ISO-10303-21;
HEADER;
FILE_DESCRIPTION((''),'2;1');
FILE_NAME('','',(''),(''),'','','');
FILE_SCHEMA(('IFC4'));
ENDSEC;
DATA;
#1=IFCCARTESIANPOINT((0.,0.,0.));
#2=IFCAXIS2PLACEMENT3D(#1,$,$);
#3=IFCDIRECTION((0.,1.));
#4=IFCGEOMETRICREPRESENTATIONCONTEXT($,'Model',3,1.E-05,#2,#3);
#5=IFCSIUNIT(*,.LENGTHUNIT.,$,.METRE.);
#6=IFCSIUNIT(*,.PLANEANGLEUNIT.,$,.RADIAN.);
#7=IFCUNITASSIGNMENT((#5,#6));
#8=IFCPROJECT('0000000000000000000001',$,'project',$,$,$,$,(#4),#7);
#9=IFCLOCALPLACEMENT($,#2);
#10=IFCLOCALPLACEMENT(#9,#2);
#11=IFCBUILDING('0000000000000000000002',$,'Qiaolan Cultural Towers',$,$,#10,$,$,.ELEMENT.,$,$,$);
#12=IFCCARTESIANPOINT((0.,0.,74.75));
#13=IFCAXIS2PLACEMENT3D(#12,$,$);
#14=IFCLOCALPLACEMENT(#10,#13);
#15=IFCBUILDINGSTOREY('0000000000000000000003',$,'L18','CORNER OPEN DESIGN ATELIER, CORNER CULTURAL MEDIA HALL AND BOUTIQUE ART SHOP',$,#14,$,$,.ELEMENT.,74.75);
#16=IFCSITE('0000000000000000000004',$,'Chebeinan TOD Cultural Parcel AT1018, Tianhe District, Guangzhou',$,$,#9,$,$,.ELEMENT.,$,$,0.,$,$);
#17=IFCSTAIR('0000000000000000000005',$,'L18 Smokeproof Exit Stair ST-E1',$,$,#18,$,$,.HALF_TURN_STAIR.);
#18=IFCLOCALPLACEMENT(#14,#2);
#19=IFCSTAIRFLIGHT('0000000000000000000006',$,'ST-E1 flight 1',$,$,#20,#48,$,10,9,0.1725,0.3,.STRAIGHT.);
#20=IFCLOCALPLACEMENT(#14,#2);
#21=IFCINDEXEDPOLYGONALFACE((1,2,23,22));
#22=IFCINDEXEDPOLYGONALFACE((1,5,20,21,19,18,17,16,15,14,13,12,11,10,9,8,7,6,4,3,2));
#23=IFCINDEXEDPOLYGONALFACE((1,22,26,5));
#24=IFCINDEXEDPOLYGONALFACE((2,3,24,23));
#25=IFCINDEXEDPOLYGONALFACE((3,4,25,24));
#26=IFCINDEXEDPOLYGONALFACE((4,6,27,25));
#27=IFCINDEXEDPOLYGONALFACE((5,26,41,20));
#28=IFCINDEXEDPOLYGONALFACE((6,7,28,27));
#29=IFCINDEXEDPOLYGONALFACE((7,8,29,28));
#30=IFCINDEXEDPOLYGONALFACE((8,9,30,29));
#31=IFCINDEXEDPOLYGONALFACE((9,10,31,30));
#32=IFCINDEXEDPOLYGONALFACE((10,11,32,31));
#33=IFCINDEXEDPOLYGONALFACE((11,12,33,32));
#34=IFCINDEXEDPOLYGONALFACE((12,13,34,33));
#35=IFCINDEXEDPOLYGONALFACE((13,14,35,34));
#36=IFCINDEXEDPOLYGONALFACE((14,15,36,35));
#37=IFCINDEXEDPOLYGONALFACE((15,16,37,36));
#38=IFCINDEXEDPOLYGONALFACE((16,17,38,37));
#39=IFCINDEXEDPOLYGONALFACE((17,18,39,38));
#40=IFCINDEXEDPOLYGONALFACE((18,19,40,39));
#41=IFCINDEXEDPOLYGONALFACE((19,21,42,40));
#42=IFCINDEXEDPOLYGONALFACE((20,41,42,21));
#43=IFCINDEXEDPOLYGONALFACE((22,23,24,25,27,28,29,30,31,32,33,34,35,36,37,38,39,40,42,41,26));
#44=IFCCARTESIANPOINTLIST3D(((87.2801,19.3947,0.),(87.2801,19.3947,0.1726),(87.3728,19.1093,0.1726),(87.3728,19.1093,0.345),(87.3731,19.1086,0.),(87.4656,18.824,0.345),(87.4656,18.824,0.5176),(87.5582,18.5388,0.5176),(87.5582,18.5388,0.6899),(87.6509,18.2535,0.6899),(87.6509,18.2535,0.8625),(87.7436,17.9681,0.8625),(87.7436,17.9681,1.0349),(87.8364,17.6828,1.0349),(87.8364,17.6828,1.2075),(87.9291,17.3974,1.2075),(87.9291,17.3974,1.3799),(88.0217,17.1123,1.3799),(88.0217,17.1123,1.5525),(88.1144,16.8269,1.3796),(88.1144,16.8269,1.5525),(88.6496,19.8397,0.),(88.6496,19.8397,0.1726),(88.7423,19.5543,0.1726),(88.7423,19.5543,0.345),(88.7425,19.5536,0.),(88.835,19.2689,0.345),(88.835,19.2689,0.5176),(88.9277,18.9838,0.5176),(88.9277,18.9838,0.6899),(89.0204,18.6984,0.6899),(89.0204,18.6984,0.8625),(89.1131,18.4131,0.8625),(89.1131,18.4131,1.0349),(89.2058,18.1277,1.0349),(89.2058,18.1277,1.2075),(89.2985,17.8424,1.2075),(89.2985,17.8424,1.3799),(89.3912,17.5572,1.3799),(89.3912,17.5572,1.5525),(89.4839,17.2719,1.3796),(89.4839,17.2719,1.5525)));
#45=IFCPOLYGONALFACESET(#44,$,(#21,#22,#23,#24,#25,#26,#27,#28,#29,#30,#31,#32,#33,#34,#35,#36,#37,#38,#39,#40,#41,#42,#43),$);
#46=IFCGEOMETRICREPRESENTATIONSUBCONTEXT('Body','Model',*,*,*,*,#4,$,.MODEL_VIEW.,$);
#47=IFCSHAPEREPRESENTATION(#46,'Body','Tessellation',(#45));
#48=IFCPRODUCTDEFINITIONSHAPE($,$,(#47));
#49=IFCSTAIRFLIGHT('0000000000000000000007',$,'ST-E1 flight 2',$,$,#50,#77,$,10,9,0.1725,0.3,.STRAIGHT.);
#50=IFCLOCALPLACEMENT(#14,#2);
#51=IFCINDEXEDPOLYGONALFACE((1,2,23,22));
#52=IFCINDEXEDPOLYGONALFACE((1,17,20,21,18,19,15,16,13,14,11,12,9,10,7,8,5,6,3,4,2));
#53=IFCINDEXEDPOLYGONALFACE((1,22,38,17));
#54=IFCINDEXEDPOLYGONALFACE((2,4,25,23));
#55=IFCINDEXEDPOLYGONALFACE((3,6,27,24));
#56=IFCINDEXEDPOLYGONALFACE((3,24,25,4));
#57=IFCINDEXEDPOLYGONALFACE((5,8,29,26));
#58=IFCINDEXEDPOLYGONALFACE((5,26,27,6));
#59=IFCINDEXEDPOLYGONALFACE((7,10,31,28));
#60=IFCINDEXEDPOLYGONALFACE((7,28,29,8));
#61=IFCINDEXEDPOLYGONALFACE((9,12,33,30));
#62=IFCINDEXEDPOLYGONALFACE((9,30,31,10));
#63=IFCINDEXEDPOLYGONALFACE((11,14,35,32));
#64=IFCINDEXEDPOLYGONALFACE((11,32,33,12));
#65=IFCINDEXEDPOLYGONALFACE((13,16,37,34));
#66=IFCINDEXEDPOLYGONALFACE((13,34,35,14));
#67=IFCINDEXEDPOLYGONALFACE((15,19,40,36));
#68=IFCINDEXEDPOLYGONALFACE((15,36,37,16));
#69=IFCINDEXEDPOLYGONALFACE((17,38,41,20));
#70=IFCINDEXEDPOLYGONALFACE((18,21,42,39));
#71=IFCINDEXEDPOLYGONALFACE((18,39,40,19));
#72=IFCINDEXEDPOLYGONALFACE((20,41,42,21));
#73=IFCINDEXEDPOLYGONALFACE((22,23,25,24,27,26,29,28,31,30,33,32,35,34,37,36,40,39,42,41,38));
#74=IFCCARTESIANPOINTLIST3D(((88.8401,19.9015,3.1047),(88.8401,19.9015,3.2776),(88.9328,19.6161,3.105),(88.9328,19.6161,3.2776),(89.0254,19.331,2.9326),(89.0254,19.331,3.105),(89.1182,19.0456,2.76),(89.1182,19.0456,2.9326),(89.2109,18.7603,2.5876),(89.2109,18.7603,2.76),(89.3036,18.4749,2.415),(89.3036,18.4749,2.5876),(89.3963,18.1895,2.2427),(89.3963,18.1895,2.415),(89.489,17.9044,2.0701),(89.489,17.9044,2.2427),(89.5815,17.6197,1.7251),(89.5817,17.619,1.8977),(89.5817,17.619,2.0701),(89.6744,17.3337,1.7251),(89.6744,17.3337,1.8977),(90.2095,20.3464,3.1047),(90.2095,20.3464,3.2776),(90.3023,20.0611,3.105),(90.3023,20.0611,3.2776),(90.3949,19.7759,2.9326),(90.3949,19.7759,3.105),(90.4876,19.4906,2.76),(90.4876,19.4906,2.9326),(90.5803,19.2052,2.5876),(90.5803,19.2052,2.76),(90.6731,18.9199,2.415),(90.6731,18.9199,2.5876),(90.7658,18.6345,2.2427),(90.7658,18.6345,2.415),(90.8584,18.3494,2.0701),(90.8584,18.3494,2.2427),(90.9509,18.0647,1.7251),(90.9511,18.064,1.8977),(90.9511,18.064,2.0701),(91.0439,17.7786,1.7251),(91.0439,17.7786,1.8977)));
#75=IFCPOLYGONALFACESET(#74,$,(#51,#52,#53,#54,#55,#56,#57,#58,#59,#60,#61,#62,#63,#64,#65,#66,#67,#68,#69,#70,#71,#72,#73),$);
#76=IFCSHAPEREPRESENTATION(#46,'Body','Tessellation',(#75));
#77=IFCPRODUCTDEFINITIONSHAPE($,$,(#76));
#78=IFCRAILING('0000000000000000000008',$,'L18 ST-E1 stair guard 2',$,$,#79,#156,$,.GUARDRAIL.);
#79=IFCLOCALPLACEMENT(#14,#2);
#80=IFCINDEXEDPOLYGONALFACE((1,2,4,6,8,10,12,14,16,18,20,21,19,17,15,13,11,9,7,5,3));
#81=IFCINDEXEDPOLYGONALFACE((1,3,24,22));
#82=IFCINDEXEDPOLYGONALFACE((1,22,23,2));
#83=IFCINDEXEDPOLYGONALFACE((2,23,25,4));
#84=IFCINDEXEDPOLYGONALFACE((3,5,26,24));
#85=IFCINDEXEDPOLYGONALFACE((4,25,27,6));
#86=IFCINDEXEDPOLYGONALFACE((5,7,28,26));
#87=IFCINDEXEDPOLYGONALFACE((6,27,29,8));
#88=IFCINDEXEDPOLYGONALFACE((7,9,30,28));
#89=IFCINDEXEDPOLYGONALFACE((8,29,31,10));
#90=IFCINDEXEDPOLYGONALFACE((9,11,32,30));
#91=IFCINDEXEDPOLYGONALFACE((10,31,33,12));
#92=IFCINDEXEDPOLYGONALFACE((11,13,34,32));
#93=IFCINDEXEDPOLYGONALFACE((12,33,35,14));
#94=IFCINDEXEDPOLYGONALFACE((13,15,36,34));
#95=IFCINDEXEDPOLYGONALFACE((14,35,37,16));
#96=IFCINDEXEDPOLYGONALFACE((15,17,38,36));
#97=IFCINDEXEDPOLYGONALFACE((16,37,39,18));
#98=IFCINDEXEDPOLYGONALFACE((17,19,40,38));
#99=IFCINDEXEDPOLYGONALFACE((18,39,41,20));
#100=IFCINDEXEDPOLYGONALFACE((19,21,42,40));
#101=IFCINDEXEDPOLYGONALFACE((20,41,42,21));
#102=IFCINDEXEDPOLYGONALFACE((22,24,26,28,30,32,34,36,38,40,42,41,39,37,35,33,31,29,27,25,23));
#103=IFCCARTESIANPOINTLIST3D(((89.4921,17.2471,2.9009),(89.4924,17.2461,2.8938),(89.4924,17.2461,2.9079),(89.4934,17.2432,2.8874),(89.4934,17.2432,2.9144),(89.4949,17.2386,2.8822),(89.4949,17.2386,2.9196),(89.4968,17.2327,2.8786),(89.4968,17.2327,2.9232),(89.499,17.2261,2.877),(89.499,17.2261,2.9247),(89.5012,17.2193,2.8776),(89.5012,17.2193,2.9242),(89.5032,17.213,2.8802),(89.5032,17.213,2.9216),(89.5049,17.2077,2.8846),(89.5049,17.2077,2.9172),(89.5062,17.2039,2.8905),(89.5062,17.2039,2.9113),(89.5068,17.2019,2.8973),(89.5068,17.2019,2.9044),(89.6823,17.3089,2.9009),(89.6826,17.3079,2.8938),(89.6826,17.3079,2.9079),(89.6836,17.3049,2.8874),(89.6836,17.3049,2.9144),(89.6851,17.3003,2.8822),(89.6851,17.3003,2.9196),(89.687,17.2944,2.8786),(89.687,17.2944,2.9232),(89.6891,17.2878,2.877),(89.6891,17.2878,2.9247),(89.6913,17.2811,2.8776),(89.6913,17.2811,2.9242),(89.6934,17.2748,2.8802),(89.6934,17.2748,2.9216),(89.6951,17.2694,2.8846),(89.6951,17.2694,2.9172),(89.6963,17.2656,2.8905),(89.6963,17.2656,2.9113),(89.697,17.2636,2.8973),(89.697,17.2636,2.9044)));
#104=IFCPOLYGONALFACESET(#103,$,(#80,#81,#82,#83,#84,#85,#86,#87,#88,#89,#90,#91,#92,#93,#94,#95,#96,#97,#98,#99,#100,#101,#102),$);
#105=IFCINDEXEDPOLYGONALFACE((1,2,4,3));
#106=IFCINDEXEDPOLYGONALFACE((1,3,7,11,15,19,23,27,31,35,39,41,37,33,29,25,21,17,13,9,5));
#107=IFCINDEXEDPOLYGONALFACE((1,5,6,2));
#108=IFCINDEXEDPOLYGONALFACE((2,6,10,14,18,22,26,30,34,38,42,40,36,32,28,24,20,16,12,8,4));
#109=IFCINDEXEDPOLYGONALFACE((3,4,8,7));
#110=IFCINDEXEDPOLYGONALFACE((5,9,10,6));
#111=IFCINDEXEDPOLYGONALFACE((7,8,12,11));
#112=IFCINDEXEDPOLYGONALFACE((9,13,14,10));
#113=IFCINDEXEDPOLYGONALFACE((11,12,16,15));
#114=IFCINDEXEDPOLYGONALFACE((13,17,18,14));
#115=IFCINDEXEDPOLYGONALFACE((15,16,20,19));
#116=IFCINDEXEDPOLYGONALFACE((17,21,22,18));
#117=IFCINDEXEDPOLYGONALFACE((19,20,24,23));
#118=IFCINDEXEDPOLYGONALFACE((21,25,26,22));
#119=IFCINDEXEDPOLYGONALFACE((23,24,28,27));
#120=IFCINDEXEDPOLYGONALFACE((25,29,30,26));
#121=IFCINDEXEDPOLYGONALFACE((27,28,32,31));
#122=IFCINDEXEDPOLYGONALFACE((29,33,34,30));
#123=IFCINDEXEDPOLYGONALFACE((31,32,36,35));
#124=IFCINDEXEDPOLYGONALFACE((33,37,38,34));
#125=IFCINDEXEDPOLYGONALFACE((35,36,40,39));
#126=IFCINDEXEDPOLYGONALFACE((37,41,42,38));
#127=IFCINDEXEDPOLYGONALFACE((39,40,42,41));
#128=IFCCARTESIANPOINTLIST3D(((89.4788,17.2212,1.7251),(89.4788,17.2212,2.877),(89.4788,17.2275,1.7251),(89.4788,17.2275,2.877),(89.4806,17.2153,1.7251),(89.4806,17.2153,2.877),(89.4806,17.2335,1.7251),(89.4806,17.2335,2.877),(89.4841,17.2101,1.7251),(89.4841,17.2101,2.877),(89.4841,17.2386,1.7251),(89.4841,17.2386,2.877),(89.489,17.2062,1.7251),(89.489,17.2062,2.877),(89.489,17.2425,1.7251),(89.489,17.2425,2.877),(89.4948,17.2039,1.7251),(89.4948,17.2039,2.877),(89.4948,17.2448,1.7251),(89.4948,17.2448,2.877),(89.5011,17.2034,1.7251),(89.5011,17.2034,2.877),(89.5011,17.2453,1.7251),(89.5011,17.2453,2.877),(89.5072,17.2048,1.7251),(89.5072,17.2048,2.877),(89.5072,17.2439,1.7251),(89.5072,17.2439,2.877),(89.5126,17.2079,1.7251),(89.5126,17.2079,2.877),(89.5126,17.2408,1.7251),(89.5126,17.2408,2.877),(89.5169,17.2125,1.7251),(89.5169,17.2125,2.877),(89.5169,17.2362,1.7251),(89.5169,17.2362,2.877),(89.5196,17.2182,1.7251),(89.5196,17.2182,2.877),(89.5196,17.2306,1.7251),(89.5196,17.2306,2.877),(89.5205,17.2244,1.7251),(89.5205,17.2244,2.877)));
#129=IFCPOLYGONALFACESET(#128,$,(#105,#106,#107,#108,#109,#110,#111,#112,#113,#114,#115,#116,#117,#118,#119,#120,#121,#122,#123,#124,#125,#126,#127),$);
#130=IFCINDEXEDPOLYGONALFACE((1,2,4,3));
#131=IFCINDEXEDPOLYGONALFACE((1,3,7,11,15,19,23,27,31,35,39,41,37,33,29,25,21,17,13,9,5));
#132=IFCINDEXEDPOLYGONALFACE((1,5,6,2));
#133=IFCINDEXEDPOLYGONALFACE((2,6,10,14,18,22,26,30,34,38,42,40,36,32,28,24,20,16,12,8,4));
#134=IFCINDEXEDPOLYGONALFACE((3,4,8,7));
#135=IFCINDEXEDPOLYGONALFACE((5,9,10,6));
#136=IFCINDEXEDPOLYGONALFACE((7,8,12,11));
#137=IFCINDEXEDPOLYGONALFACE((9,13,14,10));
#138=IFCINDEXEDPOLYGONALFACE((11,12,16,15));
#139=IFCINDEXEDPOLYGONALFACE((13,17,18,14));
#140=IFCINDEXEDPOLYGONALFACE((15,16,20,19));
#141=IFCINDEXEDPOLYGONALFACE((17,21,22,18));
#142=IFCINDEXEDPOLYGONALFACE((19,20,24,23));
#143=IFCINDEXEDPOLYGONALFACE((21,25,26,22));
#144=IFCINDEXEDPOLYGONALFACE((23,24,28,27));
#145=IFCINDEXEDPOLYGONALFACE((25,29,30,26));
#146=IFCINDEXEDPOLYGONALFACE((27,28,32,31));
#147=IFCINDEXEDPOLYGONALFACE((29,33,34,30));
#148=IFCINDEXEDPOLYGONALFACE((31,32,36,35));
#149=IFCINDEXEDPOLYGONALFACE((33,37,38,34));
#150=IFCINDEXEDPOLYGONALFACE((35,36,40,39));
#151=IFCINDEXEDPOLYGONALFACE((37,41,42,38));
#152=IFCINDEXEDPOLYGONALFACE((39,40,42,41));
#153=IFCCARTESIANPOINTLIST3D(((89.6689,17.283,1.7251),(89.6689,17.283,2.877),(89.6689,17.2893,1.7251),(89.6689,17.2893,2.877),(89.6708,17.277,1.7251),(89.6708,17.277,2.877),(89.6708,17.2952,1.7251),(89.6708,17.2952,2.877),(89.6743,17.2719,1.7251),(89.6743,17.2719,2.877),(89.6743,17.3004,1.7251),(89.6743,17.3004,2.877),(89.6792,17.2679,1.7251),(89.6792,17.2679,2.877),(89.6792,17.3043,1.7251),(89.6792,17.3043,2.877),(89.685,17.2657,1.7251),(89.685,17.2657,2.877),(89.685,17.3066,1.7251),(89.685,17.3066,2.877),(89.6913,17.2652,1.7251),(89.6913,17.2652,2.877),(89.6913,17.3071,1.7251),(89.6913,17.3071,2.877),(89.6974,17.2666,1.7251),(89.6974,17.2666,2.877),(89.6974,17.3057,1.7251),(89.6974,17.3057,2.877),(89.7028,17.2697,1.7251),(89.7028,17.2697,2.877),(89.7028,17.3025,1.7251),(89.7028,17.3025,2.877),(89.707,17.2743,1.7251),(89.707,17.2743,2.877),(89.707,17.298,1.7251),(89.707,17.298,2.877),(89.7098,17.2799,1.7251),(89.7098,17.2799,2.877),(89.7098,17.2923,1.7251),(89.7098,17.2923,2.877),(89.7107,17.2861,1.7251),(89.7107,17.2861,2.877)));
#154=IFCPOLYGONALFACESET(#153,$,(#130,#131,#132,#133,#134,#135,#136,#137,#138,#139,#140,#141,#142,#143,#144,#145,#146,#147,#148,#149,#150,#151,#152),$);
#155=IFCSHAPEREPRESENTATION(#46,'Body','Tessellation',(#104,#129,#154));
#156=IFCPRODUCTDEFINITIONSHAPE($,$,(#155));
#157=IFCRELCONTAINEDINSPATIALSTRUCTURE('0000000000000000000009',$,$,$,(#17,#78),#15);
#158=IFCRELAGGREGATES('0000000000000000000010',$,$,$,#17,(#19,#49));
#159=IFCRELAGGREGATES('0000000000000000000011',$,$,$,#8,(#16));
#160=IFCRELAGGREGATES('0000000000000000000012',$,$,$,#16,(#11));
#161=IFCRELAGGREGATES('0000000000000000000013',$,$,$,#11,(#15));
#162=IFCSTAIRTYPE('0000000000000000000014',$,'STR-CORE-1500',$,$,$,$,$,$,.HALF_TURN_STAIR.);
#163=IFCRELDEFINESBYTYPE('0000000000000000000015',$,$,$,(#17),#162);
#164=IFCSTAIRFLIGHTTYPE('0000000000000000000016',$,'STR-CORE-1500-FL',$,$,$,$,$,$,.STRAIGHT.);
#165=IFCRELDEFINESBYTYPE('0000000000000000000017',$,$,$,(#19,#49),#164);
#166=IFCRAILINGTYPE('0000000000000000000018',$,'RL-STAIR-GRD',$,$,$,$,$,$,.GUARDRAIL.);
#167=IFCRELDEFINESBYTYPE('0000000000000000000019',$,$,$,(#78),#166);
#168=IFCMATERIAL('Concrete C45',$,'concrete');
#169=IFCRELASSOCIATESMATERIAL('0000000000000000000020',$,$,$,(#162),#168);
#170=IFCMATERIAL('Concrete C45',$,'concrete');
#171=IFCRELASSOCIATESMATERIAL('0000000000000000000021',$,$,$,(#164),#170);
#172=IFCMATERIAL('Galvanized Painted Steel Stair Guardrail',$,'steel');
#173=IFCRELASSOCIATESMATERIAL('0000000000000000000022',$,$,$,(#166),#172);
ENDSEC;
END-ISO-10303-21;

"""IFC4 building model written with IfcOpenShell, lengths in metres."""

from ifc_helpers import new_model, si_unit, direction, frame, origin, origin_2d, place, context, subcontext, project, spatial, polyline, circle, outline, extrude, material, type_object, element, aggregate, save


model = new_model("IFC4")

# Units and contexts
model_context = context("Model", 3, precision=1e-05, world=origin(), true_north=direction((0.0, 1.0)))
body_context = subcontext(model_context, "Body", "Model", "MODEL_VIEW")
ifc_project = project(units=[si_unit("LENGTHUNIT", "METRE"), si_unit("PLANEANGLEUNIT", "RADIAN")], contexts=[model_context])

# Site, building, storey
site_placement = place(None, origin())
site = spatial("IfcSite", under=ifc_project, at=site_placement, Name="Chebeinan TOD Cultural Parcel AT1018, Tianhe District, Guangzhou", CompositionType="ELEMENT", RefElevation=0.0)
building_placement = place(site_placement, origin())
building = spatial("IfcBuilding", under=site, at=building_placement, Name="Qiaolan Cultural Towers", CompositionType="ELEMENT")
storey_placement = place(building_placement, frame((0.0, 0.0, 74.75)))
storey = spatial("IfcBuildingStorey", under=building, at=storey_placement, Name="L18", Description="CORNER OPEN DESIGN ATELIER, CORNER CULTURAL MEDIA HALL AND BOUTIQUE ART SHOP", CompositionType="ELEMENT", Elevation=74.75)

# Stair, stair flights
ifc_material_1 = material(Name="Concrete C45", Category="concrete")
stair_type = type_object("IfcStairType", Name="STR-CORE-1500", PredefinedType="HALF_TURN_STAIR", material=ifc_material_1)
stair_placement = place(storey_placement, origin())
stair = element("IfcStair", 1, at=stair_placement, inside=storey, type_object=stair_type, Name="L18 Smokeproof Exit Stair ST-E1", PredefinedType="HALF_TURN_STAIR")
ifc_material_2 = material(Name="Concrete C45", Category="concrete")
stair_flight_type = type_object("IfcStairFlightType", Name="STR-CORE-1500-FL", PredefinedType="STRAIGHT", material=ifc_material_2)
stair_flight_1_placement = place(storey_placement, frame((87.9648, 19.6172, 0.0), z_axis=(0.0, 0.0, 1.0), x_axis=(0.309017, -0.951057, 0.0)))
stair_flight_1 = element("IfcStairFlight", 2, at=stair_flight_1_placement, type_object=stair_flight_type, Name="ST-E1 flight 1", NumberOfRisers=10, NumberOfTreads=9, PredefinedType="STRAIGHT", RiserHeight=0.1725, TreadLength=0.3, context=body_context, shape_type="SweptSolid", body=[
    extrude(outline(polyline([(0.0, 0.0), (0.0, 0.1726), (0.3, 0.1726), (0.3, 0.345), (0.6001, 0.345), (0.6001, 0.5176), (0.8999, 0.5176), (0.8999, 0.6899), (1.2, 0.6899), (1.2, 0.8625), (1.5, 0.8625), (1.5, 1.0349), (1.8, 1.0349), (1.8, 1.2075), (2.1001, 1.2075), (2.1001, 1.3799), (2.3999, 1.3799), (2.3999, 1.5525), (2.7, 1.5525), (2.7, 1.7251), (2.7, 1.3796), (0.3008, 0.0), (0.0, 0.0)])), frame((0.0, 0.72, 0.0), z_axis=(0.0, -1.0, 0.0), x_axis=(1.0, 0.0, 0.0)), (0.0, 0.0, 1.0), 1.4399),
])
stair_flight_2_placement = place(storey_placement, frame((90.3591, 17.5562, 1.7251), z_axis=(0.0, 0.0, 1.0), x_axis=(-0.309017, 0.951057, 0.0)))
stair_flight_2 = element("IfcStairFlight", 3, at=stair_flight_2_placement, type_object=stair_flight_type, Name="ST-E1 flight 2", NumberOfRisers=10, NumberOfTreads=9, PredefinedType="STRAIGHT", RiserHeight=0.1725, TreadLength=0.3, context=body_context, shape_type="SweptSolid", body=[
    extrude(outline(polyline([(0.0, 0.0), (0.0, 0.1726), (0.3, 0.1726), (0.3, 0.345), (0.6001, 0.345), (0.6001, 0.5176), (0.8999, 0.5176), (0.8999, 0.6899), (1.2, 0.6899), (1.2, 0.8625), (1.5, 0.8625), (1.5, 1.0349), (1.8, 1.0349), (1.8, 1.2075), (2.1001, 1.2075), (2.1001, 1.3799), (2.3999, 1.3799), (2.3999, 1.5525), (2.7, 1.5525), (2.7, 1.7251), (2.7, 1.3796), (0.3008, 0.0), (0.0, 0.0)])), frame((0.0, 0.72, 0.0), z_axis=(0.0, -1.0, 0.0), x_axis=(1.0, 0.0, 0.0)), (0.0, 0.0, 1.0), 1.4399),
])
aggregate(stair, [stair_flight_1, stair_flight_2])

# Railing
ifc_material_3 = material(Name="Galvanized Painted Steel Stair Guardrail", Category="steel")
railing_type_1 = type_object("IfcRailingType", Name="RL-STAIR-GRD", PredefinedType="GUARDRAIL", material=ifc_material_3)
railing_1_placement = place(storey_placement, frame((89.4995, 17.2244, 1.7251)))
element("IfcRailing", 4, at=railing_1_placement, inside=storey, type_object=railing_type_1, Name="L18 ST-E1 stair guard 2", PredefinedType="GUARDRAIL", context=body_context, shape_type="SweptSolid", body=[
    extrude(circle(Radius=0.0239, at=origin_2d()), frame((0.0, 0.0, 1.1758), z_axis=(0.951097, 0.308893, 0.0), x_axis=(-0.308893, 0.951097, 0.0)), (0.0, 0.0, 1.0), 0.2),
    extrude(circle(Radius=0.021, at=origin_2d()), origin(), (0.0, 0.0, 1.0), 1.1519),
    extrude(circle(Radius=0.021, at=origin_2d()), frame((0.1902, 0.0618, 0.0)), (0.0, 0.0, 1.0), 1.1519),
])

save(model, "model.ifc")
